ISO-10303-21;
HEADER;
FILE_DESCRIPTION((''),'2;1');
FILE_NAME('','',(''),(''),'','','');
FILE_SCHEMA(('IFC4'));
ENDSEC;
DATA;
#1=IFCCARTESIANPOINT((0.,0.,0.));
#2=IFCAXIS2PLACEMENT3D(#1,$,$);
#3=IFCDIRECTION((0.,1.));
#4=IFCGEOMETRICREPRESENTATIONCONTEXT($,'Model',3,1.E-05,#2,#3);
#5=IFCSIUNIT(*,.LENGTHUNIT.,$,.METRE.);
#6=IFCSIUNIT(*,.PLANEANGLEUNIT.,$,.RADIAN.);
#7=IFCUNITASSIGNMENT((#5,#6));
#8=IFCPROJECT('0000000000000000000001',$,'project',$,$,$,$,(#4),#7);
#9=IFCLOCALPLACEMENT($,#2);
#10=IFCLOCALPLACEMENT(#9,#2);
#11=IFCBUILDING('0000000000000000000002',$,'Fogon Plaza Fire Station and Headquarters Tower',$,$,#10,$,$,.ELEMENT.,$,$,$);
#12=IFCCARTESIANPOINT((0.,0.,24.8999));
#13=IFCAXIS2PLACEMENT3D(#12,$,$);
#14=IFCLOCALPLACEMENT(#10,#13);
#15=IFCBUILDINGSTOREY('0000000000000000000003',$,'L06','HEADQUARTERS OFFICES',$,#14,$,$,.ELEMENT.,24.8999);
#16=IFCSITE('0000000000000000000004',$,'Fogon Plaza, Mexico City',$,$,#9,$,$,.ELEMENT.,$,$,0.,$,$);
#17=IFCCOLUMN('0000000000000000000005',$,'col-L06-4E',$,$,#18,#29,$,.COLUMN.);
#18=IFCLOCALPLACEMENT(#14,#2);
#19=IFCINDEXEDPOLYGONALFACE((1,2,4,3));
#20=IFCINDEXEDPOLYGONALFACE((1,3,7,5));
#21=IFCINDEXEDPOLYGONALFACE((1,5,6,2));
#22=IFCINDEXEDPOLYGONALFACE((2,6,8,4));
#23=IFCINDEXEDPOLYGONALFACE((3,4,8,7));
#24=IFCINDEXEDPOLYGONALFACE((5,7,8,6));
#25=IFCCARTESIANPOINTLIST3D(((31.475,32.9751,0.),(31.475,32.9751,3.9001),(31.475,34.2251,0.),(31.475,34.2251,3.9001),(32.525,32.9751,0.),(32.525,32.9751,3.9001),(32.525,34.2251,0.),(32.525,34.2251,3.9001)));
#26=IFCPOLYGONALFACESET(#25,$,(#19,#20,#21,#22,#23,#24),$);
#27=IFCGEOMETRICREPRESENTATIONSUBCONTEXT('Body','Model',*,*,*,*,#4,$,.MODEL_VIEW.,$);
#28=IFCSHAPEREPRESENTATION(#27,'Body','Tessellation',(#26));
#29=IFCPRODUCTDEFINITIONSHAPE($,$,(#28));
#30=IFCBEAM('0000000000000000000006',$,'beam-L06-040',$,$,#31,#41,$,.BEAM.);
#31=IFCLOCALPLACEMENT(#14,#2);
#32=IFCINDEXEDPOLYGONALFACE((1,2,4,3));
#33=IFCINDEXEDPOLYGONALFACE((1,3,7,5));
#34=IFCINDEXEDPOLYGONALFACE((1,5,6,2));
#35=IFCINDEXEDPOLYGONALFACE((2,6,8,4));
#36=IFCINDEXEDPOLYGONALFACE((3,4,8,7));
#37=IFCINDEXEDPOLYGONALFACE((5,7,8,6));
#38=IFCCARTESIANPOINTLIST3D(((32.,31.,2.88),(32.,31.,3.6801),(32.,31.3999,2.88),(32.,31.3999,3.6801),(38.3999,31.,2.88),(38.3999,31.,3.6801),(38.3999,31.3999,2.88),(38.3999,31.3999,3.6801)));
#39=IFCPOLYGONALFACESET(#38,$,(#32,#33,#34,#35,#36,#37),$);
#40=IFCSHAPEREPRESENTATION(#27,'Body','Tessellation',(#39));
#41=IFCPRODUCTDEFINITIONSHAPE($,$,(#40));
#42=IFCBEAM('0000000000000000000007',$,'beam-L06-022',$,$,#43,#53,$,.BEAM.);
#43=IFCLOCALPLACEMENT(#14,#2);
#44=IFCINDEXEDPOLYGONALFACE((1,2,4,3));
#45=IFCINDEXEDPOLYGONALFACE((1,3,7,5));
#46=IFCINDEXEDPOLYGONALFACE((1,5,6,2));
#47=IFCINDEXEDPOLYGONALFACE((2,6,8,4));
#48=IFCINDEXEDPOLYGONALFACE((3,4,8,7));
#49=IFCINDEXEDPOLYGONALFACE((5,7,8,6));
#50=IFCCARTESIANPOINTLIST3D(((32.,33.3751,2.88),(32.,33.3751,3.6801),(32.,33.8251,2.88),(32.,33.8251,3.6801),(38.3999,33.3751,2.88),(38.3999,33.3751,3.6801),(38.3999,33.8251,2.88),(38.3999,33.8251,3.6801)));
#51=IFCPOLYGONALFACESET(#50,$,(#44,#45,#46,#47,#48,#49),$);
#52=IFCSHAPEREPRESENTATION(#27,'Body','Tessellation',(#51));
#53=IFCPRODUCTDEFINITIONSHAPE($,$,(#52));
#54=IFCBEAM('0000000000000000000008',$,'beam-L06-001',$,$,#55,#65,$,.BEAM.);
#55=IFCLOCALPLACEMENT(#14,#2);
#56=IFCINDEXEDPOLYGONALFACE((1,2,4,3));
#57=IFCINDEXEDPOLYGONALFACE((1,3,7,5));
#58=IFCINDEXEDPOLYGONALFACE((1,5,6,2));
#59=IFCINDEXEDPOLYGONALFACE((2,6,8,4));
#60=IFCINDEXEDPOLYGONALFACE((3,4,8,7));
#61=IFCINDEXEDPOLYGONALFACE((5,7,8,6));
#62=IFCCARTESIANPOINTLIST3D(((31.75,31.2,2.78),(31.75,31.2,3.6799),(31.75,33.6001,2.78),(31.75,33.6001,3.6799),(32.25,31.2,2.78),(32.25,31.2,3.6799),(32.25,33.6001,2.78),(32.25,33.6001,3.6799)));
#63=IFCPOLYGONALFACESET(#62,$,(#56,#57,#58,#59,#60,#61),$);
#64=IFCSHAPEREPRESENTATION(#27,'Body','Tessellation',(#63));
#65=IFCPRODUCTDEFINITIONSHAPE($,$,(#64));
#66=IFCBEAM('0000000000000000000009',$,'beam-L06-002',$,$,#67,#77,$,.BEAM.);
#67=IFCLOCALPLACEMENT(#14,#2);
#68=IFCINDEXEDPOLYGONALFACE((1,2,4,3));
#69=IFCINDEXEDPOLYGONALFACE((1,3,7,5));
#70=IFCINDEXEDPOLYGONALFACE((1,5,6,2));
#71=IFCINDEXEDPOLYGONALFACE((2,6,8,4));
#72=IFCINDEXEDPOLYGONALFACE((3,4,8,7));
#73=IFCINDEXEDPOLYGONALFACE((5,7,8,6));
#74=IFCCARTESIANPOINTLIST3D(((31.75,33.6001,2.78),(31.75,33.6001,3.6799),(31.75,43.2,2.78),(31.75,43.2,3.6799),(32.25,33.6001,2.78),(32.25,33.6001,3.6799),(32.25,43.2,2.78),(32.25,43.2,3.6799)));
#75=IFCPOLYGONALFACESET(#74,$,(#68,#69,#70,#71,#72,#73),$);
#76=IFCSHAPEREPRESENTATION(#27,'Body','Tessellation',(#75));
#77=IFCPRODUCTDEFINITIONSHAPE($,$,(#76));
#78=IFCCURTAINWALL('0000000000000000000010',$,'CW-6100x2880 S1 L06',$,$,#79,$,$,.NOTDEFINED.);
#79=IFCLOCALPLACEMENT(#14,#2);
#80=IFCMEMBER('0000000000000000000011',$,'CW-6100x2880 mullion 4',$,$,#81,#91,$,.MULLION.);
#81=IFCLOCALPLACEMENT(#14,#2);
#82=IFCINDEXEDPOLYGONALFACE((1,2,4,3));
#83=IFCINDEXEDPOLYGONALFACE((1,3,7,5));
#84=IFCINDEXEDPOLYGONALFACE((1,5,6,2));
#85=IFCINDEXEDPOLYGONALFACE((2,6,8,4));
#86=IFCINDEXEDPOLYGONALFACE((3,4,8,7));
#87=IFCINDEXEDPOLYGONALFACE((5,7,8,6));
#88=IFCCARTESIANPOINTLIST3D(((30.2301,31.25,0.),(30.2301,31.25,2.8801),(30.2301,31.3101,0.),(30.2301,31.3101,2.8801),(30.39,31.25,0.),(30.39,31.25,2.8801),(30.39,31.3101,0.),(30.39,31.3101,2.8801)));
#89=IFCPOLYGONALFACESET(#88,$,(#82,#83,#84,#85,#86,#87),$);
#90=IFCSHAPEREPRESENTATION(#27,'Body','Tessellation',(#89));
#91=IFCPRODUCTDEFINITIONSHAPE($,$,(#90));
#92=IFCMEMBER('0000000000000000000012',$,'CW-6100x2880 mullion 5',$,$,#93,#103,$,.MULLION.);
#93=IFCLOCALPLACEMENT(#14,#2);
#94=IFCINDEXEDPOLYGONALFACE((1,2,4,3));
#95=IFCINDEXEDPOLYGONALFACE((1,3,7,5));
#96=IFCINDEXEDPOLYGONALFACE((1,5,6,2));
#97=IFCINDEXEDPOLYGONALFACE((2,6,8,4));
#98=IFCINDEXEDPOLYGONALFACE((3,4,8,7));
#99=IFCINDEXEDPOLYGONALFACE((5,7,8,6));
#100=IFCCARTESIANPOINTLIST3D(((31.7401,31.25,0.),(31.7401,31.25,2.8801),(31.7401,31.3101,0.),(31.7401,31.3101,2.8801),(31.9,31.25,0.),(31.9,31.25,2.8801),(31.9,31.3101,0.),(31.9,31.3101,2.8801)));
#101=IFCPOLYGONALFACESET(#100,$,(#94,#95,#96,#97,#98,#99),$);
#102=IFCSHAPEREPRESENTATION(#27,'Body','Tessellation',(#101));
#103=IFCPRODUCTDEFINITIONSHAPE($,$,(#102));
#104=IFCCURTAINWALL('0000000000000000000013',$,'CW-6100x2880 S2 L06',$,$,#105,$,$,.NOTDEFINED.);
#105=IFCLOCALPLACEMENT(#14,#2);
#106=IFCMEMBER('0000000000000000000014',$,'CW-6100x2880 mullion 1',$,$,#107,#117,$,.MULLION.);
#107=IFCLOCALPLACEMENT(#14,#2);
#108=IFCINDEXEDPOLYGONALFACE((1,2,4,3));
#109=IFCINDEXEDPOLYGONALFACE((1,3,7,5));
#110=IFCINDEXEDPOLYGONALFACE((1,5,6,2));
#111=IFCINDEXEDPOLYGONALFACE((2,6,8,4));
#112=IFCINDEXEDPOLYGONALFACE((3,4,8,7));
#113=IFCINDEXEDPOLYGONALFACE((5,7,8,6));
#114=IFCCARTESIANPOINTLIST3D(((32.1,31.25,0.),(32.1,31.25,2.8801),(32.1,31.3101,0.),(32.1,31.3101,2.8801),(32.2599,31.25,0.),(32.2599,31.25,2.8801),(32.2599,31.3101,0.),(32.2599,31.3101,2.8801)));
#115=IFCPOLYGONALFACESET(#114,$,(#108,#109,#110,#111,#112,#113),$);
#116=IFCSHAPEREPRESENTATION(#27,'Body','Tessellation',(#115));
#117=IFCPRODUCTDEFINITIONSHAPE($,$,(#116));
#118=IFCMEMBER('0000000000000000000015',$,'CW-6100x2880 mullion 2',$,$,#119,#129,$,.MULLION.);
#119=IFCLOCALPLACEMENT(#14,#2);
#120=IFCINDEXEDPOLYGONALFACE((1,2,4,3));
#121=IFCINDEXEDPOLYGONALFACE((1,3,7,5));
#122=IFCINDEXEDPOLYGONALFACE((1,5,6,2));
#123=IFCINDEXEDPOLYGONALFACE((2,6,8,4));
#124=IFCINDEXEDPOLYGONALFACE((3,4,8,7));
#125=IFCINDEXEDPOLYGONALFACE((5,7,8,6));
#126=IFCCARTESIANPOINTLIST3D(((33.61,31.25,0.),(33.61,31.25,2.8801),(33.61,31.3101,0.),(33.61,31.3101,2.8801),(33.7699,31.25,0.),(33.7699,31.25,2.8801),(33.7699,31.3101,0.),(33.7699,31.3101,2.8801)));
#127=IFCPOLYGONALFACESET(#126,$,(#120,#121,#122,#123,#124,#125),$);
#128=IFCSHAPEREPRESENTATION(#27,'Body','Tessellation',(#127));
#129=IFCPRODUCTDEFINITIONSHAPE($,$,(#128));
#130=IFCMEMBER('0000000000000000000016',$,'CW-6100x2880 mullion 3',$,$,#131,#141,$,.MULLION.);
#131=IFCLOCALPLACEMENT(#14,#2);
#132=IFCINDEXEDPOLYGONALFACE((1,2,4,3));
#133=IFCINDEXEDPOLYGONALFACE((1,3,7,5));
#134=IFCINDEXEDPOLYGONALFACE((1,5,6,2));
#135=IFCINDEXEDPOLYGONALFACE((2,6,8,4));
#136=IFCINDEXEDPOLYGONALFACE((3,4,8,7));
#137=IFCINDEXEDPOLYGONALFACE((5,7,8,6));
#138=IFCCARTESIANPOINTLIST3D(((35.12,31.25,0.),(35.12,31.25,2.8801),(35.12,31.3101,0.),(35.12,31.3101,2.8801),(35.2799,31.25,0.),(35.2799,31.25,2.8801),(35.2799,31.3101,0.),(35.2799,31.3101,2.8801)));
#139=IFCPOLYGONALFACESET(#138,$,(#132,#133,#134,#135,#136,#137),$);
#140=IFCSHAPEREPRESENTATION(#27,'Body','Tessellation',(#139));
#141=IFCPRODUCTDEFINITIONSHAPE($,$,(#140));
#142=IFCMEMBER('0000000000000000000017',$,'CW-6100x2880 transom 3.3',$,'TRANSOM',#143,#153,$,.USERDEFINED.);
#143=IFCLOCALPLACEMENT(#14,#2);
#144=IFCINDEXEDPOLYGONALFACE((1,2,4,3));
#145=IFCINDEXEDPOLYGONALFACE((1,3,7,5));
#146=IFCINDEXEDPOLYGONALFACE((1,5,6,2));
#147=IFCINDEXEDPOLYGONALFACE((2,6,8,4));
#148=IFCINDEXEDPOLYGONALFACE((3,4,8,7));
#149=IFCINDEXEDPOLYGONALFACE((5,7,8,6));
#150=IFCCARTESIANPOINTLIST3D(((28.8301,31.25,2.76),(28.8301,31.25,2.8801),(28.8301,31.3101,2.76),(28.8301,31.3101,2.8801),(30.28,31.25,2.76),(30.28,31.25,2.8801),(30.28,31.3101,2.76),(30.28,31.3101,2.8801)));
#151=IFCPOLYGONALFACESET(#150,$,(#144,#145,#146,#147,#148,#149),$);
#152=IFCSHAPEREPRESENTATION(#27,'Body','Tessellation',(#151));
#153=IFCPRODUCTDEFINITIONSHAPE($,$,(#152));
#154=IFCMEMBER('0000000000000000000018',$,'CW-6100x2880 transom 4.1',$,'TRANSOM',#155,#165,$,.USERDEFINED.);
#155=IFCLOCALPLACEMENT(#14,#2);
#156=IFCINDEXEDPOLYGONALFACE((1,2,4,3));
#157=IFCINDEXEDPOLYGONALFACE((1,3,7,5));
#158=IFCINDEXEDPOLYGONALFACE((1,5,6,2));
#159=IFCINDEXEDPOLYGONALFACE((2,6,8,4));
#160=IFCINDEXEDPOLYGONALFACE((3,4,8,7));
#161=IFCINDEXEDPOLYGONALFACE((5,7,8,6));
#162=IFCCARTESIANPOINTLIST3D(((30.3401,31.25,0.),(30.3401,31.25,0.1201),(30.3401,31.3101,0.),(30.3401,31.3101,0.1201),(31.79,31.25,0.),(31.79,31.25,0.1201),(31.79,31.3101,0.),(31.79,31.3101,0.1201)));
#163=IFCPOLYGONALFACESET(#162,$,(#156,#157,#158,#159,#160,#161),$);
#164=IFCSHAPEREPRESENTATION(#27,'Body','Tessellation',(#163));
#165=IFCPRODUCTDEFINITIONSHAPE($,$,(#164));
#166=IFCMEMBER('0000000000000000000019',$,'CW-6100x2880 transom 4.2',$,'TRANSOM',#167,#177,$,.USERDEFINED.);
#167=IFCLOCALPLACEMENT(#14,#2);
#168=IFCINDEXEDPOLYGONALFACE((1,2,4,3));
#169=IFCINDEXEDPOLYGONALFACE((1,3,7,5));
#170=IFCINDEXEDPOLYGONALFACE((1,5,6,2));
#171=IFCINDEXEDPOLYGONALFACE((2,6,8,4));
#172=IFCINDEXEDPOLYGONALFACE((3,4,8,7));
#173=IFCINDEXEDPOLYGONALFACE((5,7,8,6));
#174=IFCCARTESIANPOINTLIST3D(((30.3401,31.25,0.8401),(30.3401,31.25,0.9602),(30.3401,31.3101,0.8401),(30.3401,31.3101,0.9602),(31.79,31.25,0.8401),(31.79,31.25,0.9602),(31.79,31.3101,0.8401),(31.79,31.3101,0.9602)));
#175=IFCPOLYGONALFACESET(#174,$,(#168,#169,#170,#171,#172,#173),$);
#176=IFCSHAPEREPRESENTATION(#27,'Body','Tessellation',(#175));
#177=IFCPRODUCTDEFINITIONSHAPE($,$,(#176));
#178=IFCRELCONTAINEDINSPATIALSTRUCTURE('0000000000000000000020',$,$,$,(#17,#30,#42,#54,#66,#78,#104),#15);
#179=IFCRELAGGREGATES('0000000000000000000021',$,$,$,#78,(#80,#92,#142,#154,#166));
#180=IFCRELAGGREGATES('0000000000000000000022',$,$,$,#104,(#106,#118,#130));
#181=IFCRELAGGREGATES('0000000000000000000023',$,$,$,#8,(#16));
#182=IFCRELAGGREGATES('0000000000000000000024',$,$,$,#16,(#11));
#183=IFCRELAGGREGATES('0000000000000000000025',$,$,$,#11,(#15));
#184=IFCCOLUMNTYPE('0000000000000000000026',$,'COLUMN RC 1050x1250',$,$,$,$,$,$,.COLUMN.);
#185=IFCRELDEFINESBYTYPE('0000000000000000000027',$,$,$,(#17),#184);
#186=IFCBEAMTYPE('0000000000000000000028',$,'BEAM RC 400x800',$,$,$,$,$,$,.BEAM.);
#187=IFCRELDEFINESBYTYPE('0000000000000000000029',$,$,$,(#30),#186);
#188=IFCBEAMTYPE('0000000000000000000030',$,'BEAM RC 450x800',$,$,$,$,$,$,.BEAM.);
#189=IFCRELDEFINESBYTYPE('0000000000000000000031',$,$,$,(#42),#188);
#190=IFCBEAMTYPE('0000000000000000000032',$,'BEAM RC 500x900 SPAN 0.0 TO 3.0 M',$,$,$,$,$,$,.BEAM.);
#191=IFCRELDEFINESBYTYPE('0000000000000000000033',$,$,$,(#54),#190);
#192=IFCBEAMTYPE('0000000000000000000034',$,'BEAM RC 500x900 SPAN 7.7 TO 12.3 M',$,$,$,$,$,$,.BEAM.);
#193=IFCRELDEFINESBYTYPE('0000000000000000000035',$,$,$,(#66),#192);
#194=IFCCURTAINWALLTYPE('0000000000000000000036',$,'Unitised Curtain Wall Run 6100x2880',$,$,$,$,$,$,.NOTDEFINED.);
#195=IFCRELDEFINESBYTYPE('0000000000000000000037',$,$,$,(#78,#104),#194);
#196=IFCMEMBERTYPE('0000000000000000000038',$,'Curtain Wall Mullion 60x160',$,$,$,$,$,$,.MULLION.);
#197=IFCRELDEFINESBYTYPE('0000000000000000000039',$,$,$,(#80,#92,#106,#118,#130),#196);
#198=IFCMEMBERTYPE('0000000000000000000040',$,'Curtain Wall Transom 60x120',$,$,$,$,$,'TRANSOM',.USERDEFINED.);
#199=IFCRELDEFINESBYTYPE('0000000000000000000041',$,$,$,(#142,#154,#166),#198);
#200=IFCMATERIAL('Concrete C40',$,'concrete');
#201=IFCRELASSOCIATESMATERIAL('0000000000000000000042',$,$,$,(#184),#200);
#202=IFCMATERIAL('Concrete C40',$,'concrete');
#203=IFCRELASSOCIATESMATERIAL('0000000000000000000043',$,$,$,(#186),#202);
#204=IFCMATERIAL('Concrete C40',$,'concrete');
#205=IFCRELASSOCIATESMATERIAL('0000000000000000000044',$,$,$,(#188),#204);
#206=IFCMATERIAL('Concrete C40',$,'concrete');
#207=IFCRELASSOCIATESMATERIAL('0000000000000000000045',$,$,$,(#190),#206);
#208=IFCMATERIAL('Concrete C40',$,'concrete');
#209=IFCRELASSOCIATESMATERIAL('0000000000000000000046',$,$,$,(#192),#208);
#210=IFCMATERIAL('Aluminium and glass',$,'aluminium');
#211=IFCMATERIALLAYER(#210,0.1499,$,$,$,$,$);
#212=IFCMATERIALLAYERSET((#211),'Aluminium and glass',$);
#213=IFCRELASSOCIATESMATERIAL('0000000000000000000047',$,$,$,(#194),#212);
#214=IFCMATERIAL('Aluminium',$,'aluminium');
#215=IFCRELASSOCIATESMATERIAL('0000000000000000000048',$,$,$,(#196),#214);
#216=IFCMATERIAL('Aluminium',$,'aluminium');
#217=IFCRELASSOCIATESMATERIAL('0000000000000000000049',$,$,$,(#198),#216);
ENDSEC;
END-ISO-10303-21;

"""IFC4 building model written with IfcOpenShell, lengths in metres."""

from ifc_helpers import new_model, si_unit, direction, frame, origin, origin_2d, place, context, subcontext, project, spatial, rectangle, extrude, material, layer, layer_set, material_profile, profile_set, type_object, element, aggregate, save


model = new_model("IFC4")

# Units and contexts
model_context = context("Model", 3, precision=1e-05, world=origin(), true_north=direction((0.0, 1.0)))
body_context = subcontext(model_context, "Body", "Model", "MODEL_VIEW")
ifc_project = project(units=[si_unit("LENGTHUNIT", "METRE"), si_unit("PLANEANGLEUNIT", "RADIAN")], contexts=[model_context])

# Site, building, storey
site_placement = place(None, origin())
site = spatial("IfcSite", under=ifc_project, at=site_placement, Name="Fogon Plaza, Mexico City", CompositionType="ELEMENT", RefElevation=0.0)
building_placement = place(site_placement, origin())
building = spatial("IfcBuilding", under=site, at=building_placement, Name="Fogon Plaza Fire Station and Headquarters Tower", CompositionType="ELEMENT")
storey_placement = place(building_placement, frame((0.0, 0.0, 24.8999)))
storey = spatial("IfcBuildingStorey", under=building, at=storey_placement, Name="L06", Description="HEADQUARTERS OFFICES", CompositionType="ELEMENT", Elevation=24.8999)

# Column
ifc_material_1 = material(Name="Concrete C40", Category="concrete")
ifc_material_profile_1 = material_profile(ifc_material_1, rectangle(XDim=1.05, YDim=1.25, at=origin_2d()), Name="RC 1050x1250")
ifc_profile_set_1 = profile_set([ifc_material_profile_1], Name="Concrete C40")
column_type = type_object("IfcColumnType", Name="COLUMN RC 1050x1250", PredefinedType="COLUMN", material=ifc_profile_set_1)
column_placement = place(storey_placement, frame((32.0, 33.6001, 0.0), z_axis=(0.0, 0.0, 1.0), x_axis=(1.0, 0.0, 0.0)))
element("IfcColumn", 1, at=column_placement, inside=storey, type_object=column_type, Name="col-L06-4E", PredefinedType="COLUMN", context=body_context, shape_type="SweptSolid", body=[
    extrude(rectangle(XDim=1.05, YDim=1.25, at=origin_2d()), origin(), (0.0, 0.0, 1.0), 3.9001),
])

# Beams
ifc_material_2 = material(Name="Concrete C40", Category="concrete")
ifc_material_profile_2 = material_profile(ifc_material_2, rectangle(XDim=0.3999, YDim=0.8, at=origin_2d()), Name="RC 400x800")
ifc_profile_set_2 = profile_set([ifc_material_profile_2], Name="Concrete C40")
beam_type_1 = type_object("IfcBeamType", Name="BEAM RC 400x800", PredefinedType="BEAM", material=ifc_profile_set_2)
beam_1_placement = place(storey_placement, frame((32.0, 31.2, 3.28), z_axis=(1.0, 0.0, 0.0), x_axis=(0.0, 1.0, 0.0)))
element("IfcBeam", 2, at=beam_1_placement, inside=storey, type_object=beam_type_1, Name="beam-L06-040", PredefinedType="BEAM", context=body_context, shape_type="SweptSolid", body=[
    extrude(rectangle(XDim=0.3999, YDim=0.8, at=origin_2d()), origin(), (0.0, 0.0, 1.0), 6.3999),
])
ifc_material_3 = material(Name="Concrete C40", Category="concrete")
ifc_material_profile_3 = material_profile(ifc_material_3, rectangle(XDim=0.45, YDim=0.8, at=origin_2d()), Name="RC 450x800")
ifc_profile_set_3 = profile_set([ifc_material_profile_3], Name="Concrete C40")
beam_type_2 = type_object("IfcBeamType", Name="BEAM RC 450x800", PredefinedType="BEAM", material=ifc_profile_set_3)
beam_2_placement = place(storey_placement, frame((32.0, 33.6001, 3.28), z_axis=(1.0, 0.0, 0.0), x_axis=(0.0, 1.0, 0.0)))
element("IfcBeam", 3, at=beam_2_placement, inside=storey, type_object=beam_type_2, Name="beam-L06-022", PredefinedType="BEAM", context=body_context, shape_type="SweptSolid", body=[
    extrude(rectangle(XDim=0.45, YDim=0.8, at=origin_2d()), origin(), (0.0, 0.0, 1.0), 6.3999),
])
ifc_material_4 = material(Name="Concrete C40", Category="concrete")
ifc_material_profile_4 = material_profile(ifc_material_4, rectangle(XDim=0.5, YDim=0.8999, at=origin_2d()), Name="RC 500x900")
ifc_profile_set_4 = profile_set([ifc_material_profile_4], Name="Concrete C40")
beam_type_3 = type_object("IfcBeamType", Name="BEAM RC 500x900 SPAN 0.0 TO 3.0 M", PredefinedType="BEAM", material=ifc_profile_set_4)
beam_3_placement = place(storey_placement, frame((32.0, 31.2, 3.23), z_axis=(0.0, 1.0, 0.0), x_axis=(-1.0, 0.0, 0.0)))
element("IfcBeam", 4, at=beam_3_placement, inside=storey, type_object=beam_type_3, Name="beam-L06-001", PredefinedType="BEAM", context=body_context, shape_type="SweptSolid", body=[
    extrude(rectangle(XDim=0.5, YDim=0.8999, at=origin_2d()), origin(), (0.0, 0.0, 1.0), 2.4001),
])
ifc_material_5 = material(Name="Concrete C40", Category="concrete")
ifc_material_profile_5 = material_profile(ifc_material_5, rectangle(XDim=0.5, YDim=0.8999, at=origin_2d()), Name="RC 500x900")
ifc_profile_set_5 = profile_set([ifc_material_profile_5], Name="Concrete C40")
beam_type_4 = type_object("IfcBeamType", Name="BEAM RC 500x900 SPAN 7.7 TO 12.3 M", PredefinedType="BEAM", material=ifc_profile_set_5)
beam_4_placement = place(storey_placement, frame((32.0, 33.6001, 3.23), z_axis=(0.0, 1.0, 0.0), x_axis=(-1.0, 0.0, 0.0)))
element("IfcBeam", 5, at=beam_4_placement, inside=storey, type_object=beam_type_4, Name="beam-L06-002", PredefinedType="BEAM", context=body_context, shape_type="SweptSolid", body=[
    extrude(rectangle(XDim=0.5, YDim=0.8999, at=origin_2d()), origin(), (0.0, 0.0, 1.0), 9.5999),
])

# Curtain walls, members
ifc_material_6 = material(Name="Aluminium and glass", Category="aluminium")
ifc_layer_1 = layer(ifc_material_6, 0.1499)
ifc_layer_set_1 = layer_set([ifc_layer_1], Name="Aluminium and glass")
curtain_wall_type = type_object("IfcCurtainWallType", Name="Unitised Curtain Wall Run 6100x2880", PredefinedType="NOTDEFINED", material=ifc_layer_set_1)
curtain_wall_1_placement = place(storey_placement, origin())
curtain_wall_1 = element("IfcCurtainWall", 6, at=curtain_wall_1_placement, inside=storey, type_object=curtain_wall_type, Name="CW-6100x2880 S1 L06", PredefinedType="NOTDEFINED")
ifc_material_7 = material(Name="Aluminium", Category="aluminium")
ifc_material_profile_6 = material_profile(ifc_material_7, rectangle(XDim=0.0601, YDim=0.1599, at=origin_2d()), Name="Curtain Wall Mullion 60x160")
ifc_profile_set_6 = profile_set([ifc_material_profile_6], Name="Aluminium")
member_type_1 = type_object("IfcMemberType", Name="Curtain Wall Mullion 60x160", PredefinedType="MULLION", material=ifc_profile_set_6)
member_1_placement = place(storey_placement, frame((30.3101, 31.28, 0.0), z_axis=(0.0, 0.0, 1.0), x_axis=(0.0, 1.0, 0.0)))
member_1 = element("IfcMember", 7, at=member_1_placement, type_object=member_type_1, Name="CW-6100x2880 mullion 4", PredefinedType="MULLION", context=body_context, shape_type="SweptSolid", body=[
    extrude(rectangle(XDim=0.0601, YDim=0.1599, at=origin_2d()), origin(), (0.0, 0.0, 1.0), 2.8801),
])
member_2_placement = place(storey_placement, frame((31.8201, 31.28, 0.0), z_axis=(0.0, 0.0, 1.0), x_axis=(0.0, 1.0, 0.0)))
member_2 = element("IfcMember", 8, at=member_2_placement, type_object=member_type_1, Name="CW-6100x2880 mullion 5", PredefinedType="MULLION", context=body_context, shape_type="SweptSolid", body=[
    extrude(rectangle(XDim=0.0601, YDim=0.1599, at=origin_2d()), origin(), (0.0, 0.0, 1.0), 2.8801),
])
curtain_wall_2_placement = place(storey_placement, origin())
curtain_wall_2 = element("IfcCurtainWall", 9, at=curtain_wall_2_placement, inside=storey, type_object=curtain_wall_type, Name="CW-6100x2880 S2 L06", PredefinedType="NOTDEFINED")
member_3_placement = place(storey_placement, frame((32.1799, 31.28, 0.0), z_axis=(0.0, 0.0, 1.0), x_axis=(0.0, 1.0, 0.0)))
member_3 = element("IfcMember", 10, at=member_3_placement, type_object=member_type_1, Name="CW-6100x2880 mullion 1", PredefinedType="MULLION", context=body_context, shape_type="SweptSolid", body=[
    extrude(rectangle(XDim=0.0601, YDim=0.1599, at=origin_2d()), origin(), (0.0, 0.0, 1.0), 2.8801),
])
member_4_placement = place(storey_placement, frame((33.6899, 31.28, 0.0), z_axis=(0.0, 0.0, 1.0), x_axis=(0.0, 1.0, 0.0)))
member_4 = element("IfcMember", 11, at=member_4_placement, type_object=member_type_1, Name="CW-6100x2880 mullion 2", PredefinedType="MULLION", context=body_context, shape_type="SweptSolid", body=[
    extrude(rectangle(XDim=0.0601, YDim=0.1599, at=origin_2d()), origin(), (0.0, 0.0, 1.0), 2.8801),
])
member_5_placement = place(storey_placement, frame((35.2, 31.28, 0.0), z_axis=(0.0, 0.0, 1.0), x_axis=(0.0, 1.0, 0.0)))
member_5 = element("IfcMember", 12, at=member_5_placement, type_object=member_type_1, Name="CW-6100x2880 mullion 3", PredefinedType="MULLION", context=body_context, shape_type="SweptSolid", body=[
    extrude(rectangle(XDim=0.0601, YDim=0.1599, at=origin_2d()), origin(), (0.0, 0.0, 1.0), 2.8801),
])

# Members
ifc_material_8 = material(Name="Aluminium", Category="aluminium")
ifc_material_profile_7 = material_profile(ifc_material_8, rectangle(XDim=0.0601, YDim=0.1201, at=origin_2d()), Name="Curtain Wall Transom 60x120")
ifc_profile_set_7 = profile_set([ifc_material_profile_7], Name="Aluminium")
member_type_2 = type_object("IfcMemberType", Name="Curtain Wall Transom 60x120", ElementType="TRANSOM", PredefinedType="USERDEFINED", material=ifc_profile_set_7)
member_6_placement = place(storey_placement, frame((28.8301, 31.28, 2.8201), z_axis=(1.0, 0.0, 0.0), x_axis=(0.0, 1.0, 0.0)))
member_6 = element("IfcMember", 13, at=member_6_placement, type_object=member_type_2, Name="CW-6100x2880 transom 3.3", ObjectType="TRANSOM", PredefinedType="USERDEFINED", context=body_context, shape_type="SweptSolid", body=[
    extrude(rectangle(XDim=0.0601, YDim=0.1201, at=origin_2d()), origin(), (0.0, 0.0, 1.0), 1.45),
])
member_7_placement = place(storey_placement, frame((30.3401, 31.28, 0.0601), z_axis=(1.0, 0.0, 0.0), x_axis=(0.0, 1.0, 0.0)))
member_7 = element("IfcMember", 14, at=member_7_placement, type_object=member_type_2, Name="CW-6100x2880 transom 4.1", ObjectType="TRANSOM", PredefinedType="USERDEFINED", context=body_context, shape_type="SweptSolid", body=[
    extrude(rectangle(XDim=0.0601, YDim=0.1201, at=origin_2d()), origin(), (0.0, 0.0, 1.0), 1.45),
])
member_8_placement = place(storey_placement, frame((30.3401, 31.28, 0.9001), z_axis=(1.0, 0.0, 0.0), x_axis=(0.0, 1.0, 0.0)))
member_8 = element("IfcMember", 15, at=member_8_placement, type_object=member_type_2, Name="CW-6100x2880 transom 4.2", ObjectType="TRANSOM", PredefinedType="USERDEFINED", context=body_context, shape_type="SweptSolid", body=[
    extrude(rectangle(XDim=0.0601, YDim=0.1201, at=origin_2d()), origin(), (0.0, 0.0, 1.0), 1.45),
])

aggregate(curtain_wall_1, [member_1, member_2, member_6, member_7, member_8])
aggregate(curtain_wall_2, [member_3, member_4, member_5])

save(model, "model.ifc")
